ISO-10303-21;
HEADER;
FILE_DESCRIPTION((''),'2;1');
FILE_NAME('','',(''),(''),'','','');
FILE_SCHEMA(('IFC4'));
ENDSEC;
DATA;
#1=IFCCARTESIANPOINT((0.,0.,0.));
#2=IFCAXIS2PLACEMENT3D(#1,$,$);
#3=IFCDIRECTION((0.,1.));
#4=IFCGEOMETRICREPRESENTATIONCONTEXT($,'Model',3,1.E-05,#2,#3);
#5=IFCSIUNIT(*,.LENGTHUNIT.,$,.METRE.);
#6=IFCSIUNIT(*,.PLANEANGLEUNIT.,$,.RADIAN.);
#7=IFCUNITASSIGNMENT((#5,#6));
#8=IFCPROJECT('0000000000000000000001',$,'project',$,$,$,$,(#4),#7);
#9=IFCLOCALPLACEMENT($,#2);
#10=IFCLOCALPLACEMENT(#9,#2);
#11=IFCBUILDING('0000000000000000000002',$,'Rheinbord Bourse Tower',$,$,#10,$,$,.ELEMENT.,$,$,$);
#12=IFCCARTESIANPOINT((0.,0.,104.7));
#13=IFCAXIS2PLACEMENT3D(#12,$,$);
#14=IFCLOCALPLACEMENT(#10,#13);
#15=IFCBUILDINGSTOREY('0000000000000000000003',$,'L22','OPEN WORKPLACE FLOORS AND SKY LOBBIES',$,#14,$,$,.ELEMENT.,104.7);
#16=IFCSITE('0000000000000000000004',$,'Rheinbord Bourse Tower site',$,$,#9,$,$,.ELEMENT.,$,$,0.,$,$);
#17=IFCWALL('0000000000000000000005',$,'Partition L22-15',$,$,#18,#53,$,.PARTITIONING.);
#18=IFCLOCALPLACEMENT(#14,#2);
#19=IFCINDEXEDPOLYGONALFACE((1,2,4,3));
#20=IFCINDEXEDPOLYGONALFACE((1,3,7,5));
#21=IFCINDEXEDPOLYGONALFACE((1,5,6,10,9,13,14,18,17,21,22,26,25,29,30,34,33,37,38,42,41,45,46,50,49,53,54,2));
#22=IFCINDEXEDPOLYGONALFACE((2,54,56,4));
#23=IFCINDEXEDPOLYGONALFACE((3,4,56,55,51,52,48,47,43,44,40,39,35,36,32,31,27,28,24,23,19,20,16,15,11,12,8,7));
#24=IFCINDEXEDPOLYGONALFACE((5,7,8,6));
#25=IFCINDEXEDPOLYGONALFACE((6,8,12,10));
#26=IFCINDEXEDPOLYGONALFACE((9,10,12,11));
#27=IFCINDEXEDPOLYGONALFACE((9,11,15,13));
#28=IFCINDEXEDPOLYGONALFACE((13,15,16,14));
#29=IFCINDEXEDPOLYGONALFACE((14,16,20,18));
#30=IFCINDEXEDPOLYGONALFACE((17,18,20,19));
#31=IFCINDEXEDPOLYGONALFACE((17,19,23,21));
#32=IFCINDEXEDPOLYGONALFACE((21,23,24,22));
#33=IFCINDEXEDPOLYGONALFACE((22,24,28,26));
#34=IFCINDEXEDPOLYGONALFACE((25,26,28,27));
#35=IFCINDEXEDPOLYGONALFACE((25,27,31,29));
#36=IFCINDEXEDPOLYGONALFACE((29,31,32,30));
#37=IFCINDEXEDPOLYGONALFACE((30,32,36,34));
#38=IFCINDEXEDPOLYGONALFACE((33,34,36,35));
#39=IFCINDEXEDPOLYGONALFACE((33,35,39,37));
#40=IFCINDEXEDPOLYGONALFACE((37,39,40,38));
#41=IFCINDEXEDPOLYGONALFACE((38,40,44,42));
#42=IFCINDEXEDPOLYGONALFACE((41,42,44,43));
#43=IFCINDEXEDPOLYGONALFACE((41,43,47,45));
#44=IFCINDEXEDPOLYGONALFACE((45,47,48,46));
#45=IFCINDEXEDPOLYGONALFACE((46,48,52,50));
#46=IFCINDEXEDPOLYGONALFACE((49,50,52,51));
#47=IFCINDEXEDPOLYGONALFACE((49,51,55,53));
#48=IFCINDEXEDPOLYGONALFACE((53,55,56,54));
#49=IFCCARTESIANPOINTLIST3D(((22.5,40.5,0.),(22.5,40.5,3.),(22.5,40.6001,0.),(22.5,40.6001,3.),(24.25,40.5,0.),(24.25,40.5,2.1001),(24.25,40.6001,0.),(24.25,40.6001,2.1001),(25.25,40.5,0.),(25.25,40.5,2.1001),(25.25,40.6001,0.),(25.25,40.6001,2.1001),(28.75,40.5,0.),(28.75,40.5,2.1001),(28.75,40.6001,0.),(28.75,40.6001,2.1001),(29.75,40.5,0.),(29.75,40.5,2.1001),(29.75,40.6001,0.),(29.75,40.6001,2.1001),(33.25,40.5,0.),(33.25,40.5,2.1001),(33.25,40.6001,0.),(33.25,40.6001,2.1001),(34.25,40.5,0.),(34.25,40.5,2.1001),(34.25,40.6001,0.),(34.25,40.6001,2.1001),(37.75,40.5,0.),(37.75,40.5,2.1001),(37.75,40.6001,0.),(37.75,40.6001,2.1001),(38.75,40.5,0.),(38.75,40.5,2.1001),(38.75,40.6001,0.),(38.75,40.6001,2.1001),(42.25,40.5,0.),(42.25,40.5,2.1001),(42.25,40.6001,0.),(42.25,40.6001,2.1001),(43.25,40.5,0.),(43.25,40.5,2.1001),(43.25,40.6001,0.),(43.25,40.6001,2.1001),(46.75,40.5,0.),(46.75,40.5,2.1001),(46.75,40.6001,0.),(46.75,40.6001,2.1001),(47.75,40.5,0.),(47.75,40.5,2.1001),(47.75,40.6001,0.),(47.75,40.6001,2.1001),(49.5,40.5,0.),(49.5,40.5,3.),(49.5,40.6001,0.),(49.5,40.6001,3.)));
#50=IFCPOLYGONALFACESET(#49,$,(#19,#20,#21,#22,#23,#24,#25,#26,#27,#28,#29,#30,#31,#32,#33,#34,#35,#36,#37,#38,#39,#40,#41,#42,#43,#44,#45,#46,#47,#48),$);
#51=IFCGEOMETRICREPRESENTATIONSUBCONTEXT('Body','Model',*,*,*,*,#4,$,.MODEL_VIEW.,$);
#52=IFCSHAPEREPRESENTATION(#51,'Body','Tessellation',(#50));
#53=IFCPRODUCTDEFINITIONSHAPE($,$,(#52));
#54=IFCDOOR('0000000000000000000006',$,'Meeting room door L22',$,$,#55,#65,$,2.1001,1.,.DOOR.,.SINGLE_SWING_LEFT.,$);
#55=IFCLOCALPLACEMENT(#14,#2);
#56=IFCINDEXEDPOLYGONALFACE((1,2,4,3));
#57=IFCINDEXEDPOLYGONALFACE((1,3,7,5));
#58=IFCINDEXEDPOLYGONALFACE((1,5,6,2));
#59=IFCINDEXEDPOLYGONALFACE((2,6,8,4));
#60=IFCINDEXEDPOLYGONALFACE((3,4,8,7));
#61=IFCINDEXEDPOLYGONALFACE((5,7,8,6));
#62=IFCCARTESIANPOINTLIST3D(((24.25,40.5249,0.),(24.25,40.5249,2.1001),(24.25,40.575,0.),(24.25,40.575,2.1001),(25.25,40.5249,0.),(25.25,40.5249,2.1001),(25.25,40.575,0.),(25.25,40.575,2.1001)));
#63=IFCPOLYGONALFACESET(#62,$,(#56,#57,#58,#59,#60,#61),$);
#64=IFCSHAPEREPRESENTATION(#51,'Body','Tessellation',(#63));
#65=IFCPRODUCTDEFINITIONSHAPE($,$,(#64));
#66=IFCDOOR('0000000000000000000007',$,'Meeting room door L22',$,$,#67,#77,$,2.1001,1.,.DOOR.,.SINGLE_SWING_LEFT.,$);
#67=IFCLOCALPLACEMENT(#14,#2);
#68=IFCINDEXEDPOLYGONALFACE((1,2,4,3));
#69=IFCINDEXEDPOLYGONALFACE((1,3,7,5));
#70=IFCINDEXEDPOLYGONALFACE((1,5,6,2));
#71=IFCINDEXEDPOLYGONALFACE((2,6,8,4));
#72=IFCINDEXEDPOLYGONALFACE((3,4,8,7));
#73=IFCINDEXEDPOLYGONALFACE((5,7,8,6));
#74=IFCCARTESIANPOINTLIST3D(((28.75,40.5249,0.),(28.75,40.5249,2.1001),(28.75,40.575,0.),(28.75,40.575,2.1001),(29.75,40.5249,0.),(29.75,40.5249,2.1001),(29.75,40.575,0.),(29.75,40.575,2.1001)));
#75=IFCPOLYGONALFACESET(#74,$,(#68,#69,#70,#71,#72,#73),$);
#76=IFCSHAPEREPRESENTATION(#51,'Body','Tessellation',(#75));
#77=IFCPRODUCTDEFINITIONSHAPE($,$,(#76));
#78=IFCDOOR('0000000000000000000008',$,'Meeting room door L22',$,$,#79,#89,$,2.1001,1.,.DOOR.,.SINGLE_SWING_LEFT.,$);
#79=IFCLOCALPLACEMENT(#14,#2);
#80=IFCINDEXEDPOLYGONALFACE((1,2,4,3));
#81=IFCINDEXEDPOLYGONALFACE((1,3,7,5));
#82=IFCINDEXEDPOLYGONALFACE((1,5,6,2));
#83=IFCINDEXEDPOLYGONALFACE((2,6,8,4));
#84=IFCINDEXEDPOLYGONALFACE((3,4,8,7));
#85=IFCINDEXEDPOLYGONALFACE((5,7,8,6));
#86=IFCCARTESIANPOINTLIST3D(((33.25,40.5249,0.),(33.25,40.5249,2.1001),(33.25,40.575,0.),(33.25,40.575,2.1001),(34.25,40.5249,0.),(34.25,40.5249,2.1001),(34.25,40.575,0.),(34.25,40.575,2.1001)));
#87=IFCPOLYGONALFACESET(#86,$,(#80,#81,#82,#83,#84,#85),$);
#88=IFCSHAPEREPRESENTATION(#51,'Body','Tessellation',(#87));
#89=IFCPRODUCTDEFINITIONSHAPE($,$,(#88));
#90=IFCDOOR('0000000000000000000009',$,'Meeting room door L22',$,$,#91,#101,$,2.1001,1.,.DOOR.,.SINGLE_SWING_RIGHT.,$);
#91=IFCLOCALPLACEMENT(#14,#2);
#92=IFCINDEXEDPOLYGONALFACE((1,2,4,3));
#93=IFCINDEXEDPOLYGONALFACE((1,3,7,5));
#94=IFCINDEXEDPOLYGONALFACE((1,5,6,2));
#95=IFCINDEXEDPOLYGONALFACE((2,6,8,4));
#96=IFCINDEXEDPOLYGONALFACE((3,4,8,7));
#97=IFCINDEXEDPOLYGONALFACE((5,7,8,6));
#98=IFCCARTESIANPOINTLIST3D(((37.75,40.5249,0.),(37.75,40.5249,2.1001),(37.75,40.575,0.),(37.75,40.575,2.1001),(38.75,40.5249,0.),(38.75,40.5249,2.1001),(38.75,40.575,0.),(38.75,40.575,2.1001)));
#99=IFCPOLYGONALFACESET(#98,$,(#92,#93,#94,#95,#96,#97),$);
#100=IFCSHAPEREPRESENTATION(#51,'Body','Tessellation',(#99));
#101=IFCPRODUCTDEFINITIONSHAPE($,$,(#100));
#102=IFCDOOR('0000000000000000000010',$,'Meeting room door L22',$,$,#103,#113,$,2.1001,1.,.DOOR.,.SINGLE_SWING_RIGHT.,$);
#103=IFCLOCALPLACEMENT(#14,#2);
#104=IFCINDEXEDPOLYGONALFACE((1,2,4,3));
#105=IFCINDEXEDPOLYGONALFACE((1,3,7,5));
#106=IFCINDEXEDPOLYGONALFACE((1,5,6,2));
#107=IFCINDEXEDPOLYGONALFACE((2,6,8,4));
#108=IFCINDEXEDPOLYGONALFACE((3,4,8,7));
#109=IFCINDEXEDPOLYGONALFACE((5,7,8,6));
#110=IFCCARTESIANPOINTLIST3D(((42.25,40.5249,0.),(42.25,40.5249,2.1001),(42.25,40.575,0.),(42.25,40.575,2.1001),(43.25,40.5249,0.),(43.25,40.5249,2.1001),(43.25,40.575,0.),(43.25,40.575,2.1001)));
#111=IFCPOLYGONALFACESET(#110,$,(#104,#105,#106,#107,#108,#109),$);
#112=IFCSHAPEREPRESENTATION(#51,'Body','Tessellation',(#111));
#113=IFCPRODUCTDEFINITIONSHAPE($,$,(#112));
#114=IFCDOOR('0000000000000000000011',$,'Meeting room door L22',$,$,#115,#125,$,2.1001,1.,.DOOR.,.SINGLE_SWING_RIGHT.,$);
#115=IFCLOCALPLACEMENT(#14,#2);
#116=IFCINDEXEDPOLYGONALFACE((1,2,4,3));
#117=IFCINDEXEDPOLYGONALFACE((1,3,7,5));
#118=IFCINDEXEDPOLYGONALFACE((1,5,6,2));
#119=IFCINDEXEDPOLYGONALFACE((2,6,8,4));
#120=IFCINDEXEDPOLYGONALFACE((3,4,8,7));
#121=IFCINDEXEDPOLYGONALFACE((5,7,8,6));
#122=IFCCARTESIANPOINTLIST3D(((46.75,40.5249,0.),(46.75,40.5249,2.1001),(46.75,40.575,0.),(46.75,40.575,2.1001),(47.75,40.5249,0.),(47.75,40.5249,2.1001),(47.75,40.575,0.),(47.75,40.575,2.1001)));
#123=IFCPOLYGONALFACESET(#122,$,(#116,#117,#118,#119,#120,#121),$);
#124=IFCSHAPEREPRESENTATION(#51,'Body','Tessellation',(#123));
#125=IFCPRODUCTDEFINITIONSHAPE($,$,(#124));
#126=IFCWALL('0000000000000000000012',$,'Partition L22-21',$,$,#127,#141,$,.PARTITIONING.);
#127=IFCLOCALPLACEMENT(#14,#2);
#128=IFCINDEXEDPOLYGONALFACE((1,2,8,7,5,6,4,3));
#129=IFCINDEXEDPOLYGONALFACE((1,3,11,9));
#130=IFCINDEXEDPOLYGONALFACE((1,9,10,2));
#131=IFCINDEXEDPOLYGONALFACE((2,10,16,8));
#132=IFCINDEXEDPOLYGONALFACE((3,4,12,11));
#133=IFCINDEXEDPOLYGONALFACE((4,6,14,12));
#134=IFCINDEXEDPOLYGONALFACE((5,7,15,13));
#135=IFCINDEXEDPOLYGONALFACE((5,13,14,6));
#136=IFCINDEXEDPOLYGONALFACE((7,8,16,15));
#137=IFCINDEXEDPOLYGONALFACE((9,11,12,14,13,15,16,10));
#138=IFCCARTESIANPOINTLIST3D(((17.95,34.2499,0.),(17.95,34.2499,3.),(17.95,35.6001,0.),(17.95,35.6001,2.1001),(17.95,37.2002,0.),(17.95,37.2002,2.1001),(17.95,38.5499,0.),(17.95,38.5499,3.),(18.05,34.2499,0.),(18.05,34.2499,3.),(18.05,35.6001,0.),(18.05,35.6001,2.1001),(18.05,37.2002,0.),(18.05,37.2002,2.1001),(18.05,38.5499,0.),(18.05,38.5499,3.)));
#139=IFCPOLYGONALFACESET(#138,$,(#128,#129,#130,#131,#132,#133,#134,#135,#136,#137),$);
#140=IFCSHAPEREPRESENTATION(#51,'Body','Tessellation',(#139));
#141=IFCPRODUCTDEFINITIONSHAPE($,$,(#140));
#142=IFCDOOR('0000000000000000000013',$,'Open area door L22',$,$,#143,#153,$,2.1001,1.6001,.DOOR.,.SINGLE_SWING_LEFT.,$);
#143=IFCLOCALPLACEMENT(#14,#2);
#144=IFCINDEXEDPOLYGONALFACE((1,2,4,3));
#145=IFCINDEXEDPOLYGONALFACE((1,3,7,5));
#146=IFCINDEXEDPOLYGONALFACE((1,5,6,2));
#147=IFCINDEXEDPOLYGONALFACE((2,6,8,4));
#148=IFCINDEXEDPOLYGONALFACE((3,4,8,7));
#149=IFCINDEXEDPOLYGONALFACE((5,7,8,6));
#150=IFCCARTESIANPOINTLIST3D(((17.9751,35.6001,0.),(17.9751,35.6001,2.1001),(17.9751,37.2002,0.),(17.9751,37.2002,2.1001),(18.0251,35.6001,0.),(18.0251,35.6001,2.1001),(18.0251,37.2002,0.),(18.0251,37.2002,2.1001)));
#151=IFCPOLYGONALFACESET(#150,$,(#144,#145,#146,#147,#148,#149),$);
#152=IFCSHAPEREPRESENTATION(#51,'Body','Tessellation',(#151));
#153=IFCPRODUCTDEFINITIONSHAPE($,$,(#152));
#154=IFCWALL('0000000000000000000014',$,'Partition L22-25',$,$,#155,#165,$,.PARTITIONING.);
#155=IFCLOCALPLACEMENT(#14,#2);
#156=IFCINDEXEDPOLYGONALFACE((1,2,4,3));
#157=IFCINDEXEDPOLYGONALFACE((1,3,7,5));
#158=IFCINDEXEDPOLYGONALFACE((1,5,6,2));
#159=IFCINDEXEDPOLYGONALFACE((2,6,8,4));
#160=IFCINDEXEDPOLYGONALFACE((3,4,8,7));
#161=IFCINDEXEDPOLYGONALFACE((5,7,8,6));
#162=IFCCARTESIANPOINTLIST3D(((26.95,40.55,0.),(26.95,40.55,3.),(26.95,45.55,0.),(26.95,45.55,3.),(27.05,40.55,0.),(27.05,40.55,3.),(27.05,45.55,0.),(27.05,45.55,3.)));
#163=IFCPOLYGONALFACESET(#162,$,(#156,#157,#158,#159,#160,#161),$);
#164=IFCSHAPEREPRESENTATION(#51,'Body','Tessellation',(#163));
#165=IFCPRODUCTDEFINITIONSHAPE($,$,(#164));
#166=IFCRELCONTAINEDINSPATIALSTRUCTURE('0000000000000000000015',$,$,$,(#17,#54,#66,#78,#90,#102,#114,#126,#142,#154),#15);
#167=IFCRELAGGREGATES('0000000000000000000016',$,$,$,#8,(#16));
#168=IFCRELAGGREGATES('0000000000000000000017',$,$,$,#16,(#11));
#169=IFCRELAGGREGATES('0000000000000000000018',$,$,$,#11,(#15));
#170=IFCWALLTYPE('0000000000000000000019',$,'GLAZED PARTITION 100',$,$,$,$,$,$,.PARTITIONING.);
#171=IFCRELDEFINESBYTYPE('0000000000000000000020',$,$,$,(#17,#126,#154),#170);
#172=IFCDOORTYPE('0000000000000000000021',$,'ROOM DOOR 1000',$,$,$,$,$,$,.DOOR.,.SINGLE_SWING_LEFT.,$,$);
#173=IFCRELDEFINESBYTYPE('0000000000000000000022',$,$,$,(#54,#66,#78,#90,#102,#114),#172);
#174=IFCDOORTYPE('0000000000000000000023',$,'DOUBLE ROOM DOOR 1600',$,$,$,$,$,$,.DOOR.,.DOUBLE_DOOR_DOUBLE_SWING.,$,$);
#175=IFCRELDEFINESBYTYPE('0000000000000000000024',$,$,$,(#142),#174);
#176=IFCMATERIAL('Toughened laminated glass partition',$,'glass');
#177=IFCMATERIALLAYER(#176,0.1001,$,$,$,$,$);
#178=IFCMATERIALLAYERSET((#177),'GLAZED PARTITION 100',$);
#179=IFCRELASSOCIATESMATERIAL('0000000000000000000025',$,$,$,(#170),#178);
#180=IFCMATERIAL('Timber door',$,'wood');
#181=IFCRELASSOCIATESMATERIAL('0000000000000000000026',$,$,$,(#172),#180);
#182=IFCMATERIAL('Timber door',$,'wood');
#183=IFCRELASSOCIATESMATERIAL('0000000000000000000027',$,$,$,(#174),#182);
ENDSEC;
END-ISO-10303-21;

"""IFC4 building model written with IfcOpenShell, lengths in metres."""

from ifc_helpers import new_model, si_unit, direction, frame, frame_2d, origin, place, context, subcontext, project, spatial, rectangle, extrude, material, layer, layer_set, type_object, element, fill, save


model = new_model("IFC4")

# Units and contexts
model_context = context("Model", 3, precision=1e-05, world=origin(), true_north=direction((0.0, 1.0)))
body_context = subcontext(model_context, "Body", "Model", "MODEL_VIEW")
ifc_project = project(units=[si_unit("LENGTHUNIT", "METRE"), si_unit("PLANEANGLEUNIT", "RADIAN")], contexts=[model_context])

# Site, building, storey
site_placement = place(None, origin())
site = spatial("IfcSite", under=ifc_project, at=site_placement, Name="Rheinbord Bourse Tower site", CompositionType="ELEMENT", RefElevation=0.0)
building_placement = place(site_placement, origin())
building = spatial("IfcBuilding", under=site, at=building_placement, Name="Rheinbord Bourse Tower", CompositionType="ELEMENT")
storey_placement = place(building_placement, frame((0.0, 0.0, 104.7)))
storey = spatial("IfcBuildingStorey", under=building, at=storey_placement, Name="L22", Description="OPEN WORKPLACE FLOORS AND SKY LOBBIES", CompositionType="ELEMENT", Elevation=104.7)

# Wall, openings, doors
ifc_material_1 = material(Name="Toughened laminated glass partition", Category="glass")
ifc_layer_1 = layer(ifc_material_1, 0.1001)
ifc_layer_set_1 = layer_set([ifc_layer_1], Name="GLAZED PARTITION 100")
wall_type_1 = type_object("IfcWallType", Name="GLAZED PARTITION 100", PredefinedType="PARTITIONING", material=ifc_layer_set_1)
wall_1_placement = place(storey_placement, frame((22.5, 40.55, 0.0), z_axis=(0.0, 0.0, 1.0), x_axis=(1.0, 0.0, 0.0)))
wall_1 = element("IfcWall", 1, at=wall_1_placement, inside=storey, type_object=wall_type_1, Name="Partition L22-15", PredefinedType="PARTITIONING", context=body_context, shape_type="SweptSolid", body=[
    extrude(rectangle(XDim=27.0, YDim=0.1001, at=frame_2d((13.5, 0.0))), origin(), (0.0, 0.0, 1.0), 3.0),
])
opening_1_placement = place(wall_1_placement, frame((1.75, 0.0, 0.0)))
opening_1 = element("IfcOpeningElement", 2, at=opening_1_placement, cuts=wall_1, PredefinedType="OPENING", context=body_context, shape_type="SweptSolid", body=[
    extrude(rectangle(XDim=1.0, YDim=2.1001, at=frame_2d((0.5, 1.05))), frame((0.0, 0.0601, 0.0), z_axis=(0.0, -1.0, 0.0), x_axis=(1.0, 0.0, 0.0)), (0.0, 0.0, 1.0), 0.1201),
])
opening_2_placement = place(wall_1_placement, frame((6.25, 0.0, 0.0)))
opening_2 = element("IfcOpeningElement", 3, at=opening_2_placement, cuts=wall_1, PredefinedType="OPENING", context=body_context, shape_type="SweptSolid", body=[
    extrude(rectangle(XDim=1.0, YDim=2.1001, at=frame_2d((0.5, 1.05))), frame((0.0, 0.0601, 0.0), z_axis=(0.0, -1.0, 0.0), x_axis=(1.0, 0.0, 0.0)), (0.0, 0.0, 1.0), 0.1201),
])
opening_3_placement = place(wall_1_placement, frame((10.75, 0.0, 0.0)))
opening_3 = element("IfcOpeningElement", 4, at=opening_3_placement, cuts=wall_1, PredefinedType="OPENING", context=body_context, shape_type="SweptSolid", body=[
    extrude(rectangle(XDim=1.0, YDim=2.1001, at=frame_2d((0.5, 1.05))), frame((0.0, 0.0601, 0.0), z_axis=(0.0, -1.0, 0.0), x_axis=(1.0, 0.0, 0.0)), (0.0, 0.0, 1.0), 0.1201),
])
opening_4_placement = place(wall_1_placement, frame((15.25, 0.0, 0.0)))
opening_4 = element("IfcOpeningElement", 5, at=opening_4_placement, cuts=wall_1, PredefinedType="OPENING", context=body_context, shape_type="SweptSolid", body=[
    extrude(rectangle(XDim=1.0, YDim=2.1001, at=frame_2d((0.5, 1.05))), frame((0.0, 0.0601, 0.0), z_axis=(0.0, -1.0, 0.0), x_axis=(1.0, 0.0, 0.0)), (0.0, 0.0, 1.0), 0.1201),
])
opening_5_placement = place(wall_1_placement, frame((19.75, 0.0, 0.0)))
opening_5 = element("IfcOpeningElement", 6, at=opening_5_placement, cuts=wall_1, PredefinedType="OPENING", context=body_context, shape_type="SweptSolid", body=[
    extrude(rectangle(XDim=1.0, YDim=2.1001, at=frame_2d((0.5, 1.05))), frame((0.0, 0.0601, 0.0), z_axis=(0.0, -1.0, 0.0), x_axis=(1.0, 0.0, 0.0)), (0.0, 0.0, 1.0), 0.1201),
])
opening_6_placement = place(wall_1_placement, frame((24.25, 0.0, 0.0)))
opening_6 = element("IfcOpeningElement", 7, at=opening_6_placement, cuts=wall_1, PredefinedType="OPENING", context=body_context, shape_type="SweptSolid", body=[
    extrude(rectangle(XDim=1.0, YDim=2.1001, at=frame_2d((0.5, 1.05))), frame((0.0, 0.0601, 0.0), z_axis=(0.0, -1.0, 0.0), x_axis=(1.0, 0.0, 0.0)), (0.0, 0.0, 1.0), 0.1201),
])
ifc_material_2 = material(Name="Timber door", Category="wood")
door_type_1 = type_object("IfcDoorType", Name="ROOM DOOR 1000", OperationType="SINGLE_SWING_LEFT", PredefinedType="DOOR", material=ifc_material_2)
door_1_placement = place(opening_1_placement, origin())
door_1 = element("IfcDoor", 8, at=door_1_placement, inside=storey, type_object=door_type_1, Name="Meeting room door L22", OperationType="SINGLE_SWING_LEFT", OverallHeight=2.1001, OverallWidth=1.0, PredefinedType="DOOR", context=body_context, shape_type="SweptSolid", body=[
    extrude(rectangle(XDim=1.0, YDim=2.1001, at=frame_2d((0.5, 1.05))), frame((0.0, 0.0249, 0.0), z_axis=(0.0, -1.0, 0.0), x_axis=(1.0, 0.0, 0.0)), (0.0, 0.0, 1.0), 0.05),
])
fill(opening_1, door_1)
door_2_placement = place(opening_2_placement, origin())
door_2 = element("IfcDoor", 9, at=door_2_placement, inside=storey, type_object=door_type_1, Name="Meeting room door L22", OperationType="SINGLE_SWING_LEFT", OverallHeight=2.1001, OverallWidth=1.0, PredefinedType="DOOR", context=body_context, shape_type="SweptSolid", body=[
    extrude(rectangle(XDim=1.0, YDim=2.1001, at=frame_2d((0.5, 1.05))), frame((0.0, 0.0249, 0.0), z_axis=(0.0, -1.0, 0.0), x_axis=(1.0, 0.0, 0.0)), (0.0, 0.0, 1.0), 0.05),
])
fill(opening_2, door_2)
door_3_placement = place(opening_3_placement, origin())
door_3 = element("IfcDoor", 10, at=door_3_placement, inside=storey, type_object=door_type_1, Name="Meeting room door L22", OperationType="SINGLE_SWING_LEFT", OverallHeight=2.1001, OverallWidth=1.0, PredefinedType="DOOR", context=body_context, shape_type="SweptSolid", body=[
    extrude(rectangle(XDim=1.0, YDim=2.1001, at=frame_2d((0.5, 1.05))), frame((0.0, 0.0249, 0.0), z_axis=(0.0, -1.0, 0.0), x_axis=(1.0, 0.0, 0.0)), (0.0, 0.0, 1.0), 0.05),
])
fill(opening_3, door_3)
door_4_placement = place(opening_4_placement, origin())
door_4 = element("IfcDoor", 11, at=door_4_placement, inside=storey, type_object=door_type_1, Name="Meeting room door L22", OperationType="SINGLE_SWING_RIGHT", OverallHeight=2.1001, OverallWidth=1.0, PredefinedType="DOOR", context=body_context, shape_type="SweptSolid", body=[
    extrude(rectangle(XDim=1.0, YDim=2.1001, at=frame_2d((0.5, 1.05))), frame((0.0, 0.0249, 0.0), z_axis=(0.0, -1.0, 0.0), x_axis=(1.0, 0.0, 0.0)), (0.0, 0.0, 1.0), 0.05),
])
fill(opening_4, door_4)
door_5_placement = place(opening_5_placement, origin())
door_5 = element("IfcDoor", 12, at=door_5_placement, inside=storey, type_object=door_type_1, Name="Meeting room door L22", OperationType="SINGLE_SWING_RIGHT", OverallHeight=2.1001, OverallWidth=1.0, PredefinedType="DOOR", context=body_context, shape_type="SweptSolid", body=[
    extrude(rectangle(XDim=1.0, YDim=2.1001, at=frame_2d((0.5, 1.05))), frame((0.0, 0.0249, 0.0), z_axis=(0.0, -1.0, 0.0), x_axis=(1.0, 0.0, 0.0)), (0.0, 0.0, 1.0), 0.05),
])
fill(opening_5, door_5)
door_6_placement = place(opening_6_placement, origin())
door_6 = element("IfcDoor", 13, at=door_6_placement, inside=storey, type_object=door_type_1, Name="Meeting room door L22", OperationType="SINGLE_SWING_RIGHT", OverallHeight=2.1001, OverallWidth=1.0, PredefinedType="DOOR", context=body_context, shape_type="SweptSolid", body=[
    extrude(rectangle(XDim=1.0, YDim=2.1001, at=frame_2d((0.5, 1.05))), frame((0.0, 0.0249, 0.0), z_axis=(0.0, -1.0, 0.0), x_axis=(1.0, 0.0, 0.0)), (0.0, 0.0, 1.0), 0.05),
])
fill(opening_6, door_6)

# Wall, opening, door
wall_2_placement = place(storey_placement, frame((18.0, 34.25, 0.0), z_axis=(0.0, 0.0, 1.0), x_axis=(0.0, 1.0, 0.0)))
wall_2 = element("IfcWall", 14, at=wall_2_placement, inside=storey, type_object=wall_type_1, Name="Partition L22-21", PredefinedType="PARTITIONING", context=body_context, shape_type="SweptSolid", body=[
    extrude(rectangle(XDim=4.3, YDim=0.1001, at=frame_2d((2.1499, 0.0))), origin(), (0.0, 0.0, 1.0), 3.0),
])
opening_7_placement = place(wall_2_placement, frame((1.3501, 0.0, 0.0)))
opening_7 = element("IfcOpeningElement", 15, at=opening_7_placement, cuts=wall_2, PredefinedType="OPENING", context=body_context, shape_type="SweptSolid", body=[
    extrude(rectangle(XDim=1.6001, YDim=2.1001, at=frame_2d((0.8, 1.05))), frame((0.0, 0.0601, 0.0), z_axis=(0.0, -1.0, 0.0), x_axis=(1.0, 0.0, 0.0)), (0.0, 0.0, 1.0), 0.1201),
])
ifc_material_3 = material(Name="Timber door", Category="wood")
door_type_2 = type_object("IfcDoorType", Name="DOUBLE ROOM DOOR 1600", OperationType="DOUBLE_DOOR_DOUBLE_SWING", PredefinedType="DOOR", material=ifc_material_3)
door_7_placement = place(opening_7_placement, origin())
door_7 = element("IfcDoor", 16, at=door_7_placement, inside=storey, type_object=door_type_2, Name="Open area door L22", OperationType="SINGLE_SWING_LEFT", OverallHeight=2.1001, OverallWidth=1.6001, PredefinedType="DOOR", context=body_context, shape_type="SweptSolid", body=[
    extrude(rectangle(XDim=1.6001, YDim=2.1001, at=frame_2d((0.8, 1.05))), frame((0.0, 0.0249, 0.0), z_axis=(0.0, -1.0, 0.0), x_axis=(1.0, 0.0, 0.0)), (0.0, 0.0, 1.0), 0.05),
])
fill(opening_7, door_7)

# Wall
wall_3_placement = place(storey_placement, frame((27.0, 40.55, 0.0), z_axis=(0.0, 0.0, 1.0), x_axis=(0.0, 1.0, 0.0)))
element("IfcWall", 17, at=wall_3_placement, inside=storey, type_object=wall_type_1, Name="Partition L22-25", PredefinedType="PARTITIONING", context=body_context, shape_type="SweptSolid", body=[
    extrude(rectangle(XDim=5.0, YDim=0.1001, at=frame_2d((2.5, 0.0))), origin(), (0.0, 0.0, 1.0), 3.0),
])

save(model, "model.ifc")
